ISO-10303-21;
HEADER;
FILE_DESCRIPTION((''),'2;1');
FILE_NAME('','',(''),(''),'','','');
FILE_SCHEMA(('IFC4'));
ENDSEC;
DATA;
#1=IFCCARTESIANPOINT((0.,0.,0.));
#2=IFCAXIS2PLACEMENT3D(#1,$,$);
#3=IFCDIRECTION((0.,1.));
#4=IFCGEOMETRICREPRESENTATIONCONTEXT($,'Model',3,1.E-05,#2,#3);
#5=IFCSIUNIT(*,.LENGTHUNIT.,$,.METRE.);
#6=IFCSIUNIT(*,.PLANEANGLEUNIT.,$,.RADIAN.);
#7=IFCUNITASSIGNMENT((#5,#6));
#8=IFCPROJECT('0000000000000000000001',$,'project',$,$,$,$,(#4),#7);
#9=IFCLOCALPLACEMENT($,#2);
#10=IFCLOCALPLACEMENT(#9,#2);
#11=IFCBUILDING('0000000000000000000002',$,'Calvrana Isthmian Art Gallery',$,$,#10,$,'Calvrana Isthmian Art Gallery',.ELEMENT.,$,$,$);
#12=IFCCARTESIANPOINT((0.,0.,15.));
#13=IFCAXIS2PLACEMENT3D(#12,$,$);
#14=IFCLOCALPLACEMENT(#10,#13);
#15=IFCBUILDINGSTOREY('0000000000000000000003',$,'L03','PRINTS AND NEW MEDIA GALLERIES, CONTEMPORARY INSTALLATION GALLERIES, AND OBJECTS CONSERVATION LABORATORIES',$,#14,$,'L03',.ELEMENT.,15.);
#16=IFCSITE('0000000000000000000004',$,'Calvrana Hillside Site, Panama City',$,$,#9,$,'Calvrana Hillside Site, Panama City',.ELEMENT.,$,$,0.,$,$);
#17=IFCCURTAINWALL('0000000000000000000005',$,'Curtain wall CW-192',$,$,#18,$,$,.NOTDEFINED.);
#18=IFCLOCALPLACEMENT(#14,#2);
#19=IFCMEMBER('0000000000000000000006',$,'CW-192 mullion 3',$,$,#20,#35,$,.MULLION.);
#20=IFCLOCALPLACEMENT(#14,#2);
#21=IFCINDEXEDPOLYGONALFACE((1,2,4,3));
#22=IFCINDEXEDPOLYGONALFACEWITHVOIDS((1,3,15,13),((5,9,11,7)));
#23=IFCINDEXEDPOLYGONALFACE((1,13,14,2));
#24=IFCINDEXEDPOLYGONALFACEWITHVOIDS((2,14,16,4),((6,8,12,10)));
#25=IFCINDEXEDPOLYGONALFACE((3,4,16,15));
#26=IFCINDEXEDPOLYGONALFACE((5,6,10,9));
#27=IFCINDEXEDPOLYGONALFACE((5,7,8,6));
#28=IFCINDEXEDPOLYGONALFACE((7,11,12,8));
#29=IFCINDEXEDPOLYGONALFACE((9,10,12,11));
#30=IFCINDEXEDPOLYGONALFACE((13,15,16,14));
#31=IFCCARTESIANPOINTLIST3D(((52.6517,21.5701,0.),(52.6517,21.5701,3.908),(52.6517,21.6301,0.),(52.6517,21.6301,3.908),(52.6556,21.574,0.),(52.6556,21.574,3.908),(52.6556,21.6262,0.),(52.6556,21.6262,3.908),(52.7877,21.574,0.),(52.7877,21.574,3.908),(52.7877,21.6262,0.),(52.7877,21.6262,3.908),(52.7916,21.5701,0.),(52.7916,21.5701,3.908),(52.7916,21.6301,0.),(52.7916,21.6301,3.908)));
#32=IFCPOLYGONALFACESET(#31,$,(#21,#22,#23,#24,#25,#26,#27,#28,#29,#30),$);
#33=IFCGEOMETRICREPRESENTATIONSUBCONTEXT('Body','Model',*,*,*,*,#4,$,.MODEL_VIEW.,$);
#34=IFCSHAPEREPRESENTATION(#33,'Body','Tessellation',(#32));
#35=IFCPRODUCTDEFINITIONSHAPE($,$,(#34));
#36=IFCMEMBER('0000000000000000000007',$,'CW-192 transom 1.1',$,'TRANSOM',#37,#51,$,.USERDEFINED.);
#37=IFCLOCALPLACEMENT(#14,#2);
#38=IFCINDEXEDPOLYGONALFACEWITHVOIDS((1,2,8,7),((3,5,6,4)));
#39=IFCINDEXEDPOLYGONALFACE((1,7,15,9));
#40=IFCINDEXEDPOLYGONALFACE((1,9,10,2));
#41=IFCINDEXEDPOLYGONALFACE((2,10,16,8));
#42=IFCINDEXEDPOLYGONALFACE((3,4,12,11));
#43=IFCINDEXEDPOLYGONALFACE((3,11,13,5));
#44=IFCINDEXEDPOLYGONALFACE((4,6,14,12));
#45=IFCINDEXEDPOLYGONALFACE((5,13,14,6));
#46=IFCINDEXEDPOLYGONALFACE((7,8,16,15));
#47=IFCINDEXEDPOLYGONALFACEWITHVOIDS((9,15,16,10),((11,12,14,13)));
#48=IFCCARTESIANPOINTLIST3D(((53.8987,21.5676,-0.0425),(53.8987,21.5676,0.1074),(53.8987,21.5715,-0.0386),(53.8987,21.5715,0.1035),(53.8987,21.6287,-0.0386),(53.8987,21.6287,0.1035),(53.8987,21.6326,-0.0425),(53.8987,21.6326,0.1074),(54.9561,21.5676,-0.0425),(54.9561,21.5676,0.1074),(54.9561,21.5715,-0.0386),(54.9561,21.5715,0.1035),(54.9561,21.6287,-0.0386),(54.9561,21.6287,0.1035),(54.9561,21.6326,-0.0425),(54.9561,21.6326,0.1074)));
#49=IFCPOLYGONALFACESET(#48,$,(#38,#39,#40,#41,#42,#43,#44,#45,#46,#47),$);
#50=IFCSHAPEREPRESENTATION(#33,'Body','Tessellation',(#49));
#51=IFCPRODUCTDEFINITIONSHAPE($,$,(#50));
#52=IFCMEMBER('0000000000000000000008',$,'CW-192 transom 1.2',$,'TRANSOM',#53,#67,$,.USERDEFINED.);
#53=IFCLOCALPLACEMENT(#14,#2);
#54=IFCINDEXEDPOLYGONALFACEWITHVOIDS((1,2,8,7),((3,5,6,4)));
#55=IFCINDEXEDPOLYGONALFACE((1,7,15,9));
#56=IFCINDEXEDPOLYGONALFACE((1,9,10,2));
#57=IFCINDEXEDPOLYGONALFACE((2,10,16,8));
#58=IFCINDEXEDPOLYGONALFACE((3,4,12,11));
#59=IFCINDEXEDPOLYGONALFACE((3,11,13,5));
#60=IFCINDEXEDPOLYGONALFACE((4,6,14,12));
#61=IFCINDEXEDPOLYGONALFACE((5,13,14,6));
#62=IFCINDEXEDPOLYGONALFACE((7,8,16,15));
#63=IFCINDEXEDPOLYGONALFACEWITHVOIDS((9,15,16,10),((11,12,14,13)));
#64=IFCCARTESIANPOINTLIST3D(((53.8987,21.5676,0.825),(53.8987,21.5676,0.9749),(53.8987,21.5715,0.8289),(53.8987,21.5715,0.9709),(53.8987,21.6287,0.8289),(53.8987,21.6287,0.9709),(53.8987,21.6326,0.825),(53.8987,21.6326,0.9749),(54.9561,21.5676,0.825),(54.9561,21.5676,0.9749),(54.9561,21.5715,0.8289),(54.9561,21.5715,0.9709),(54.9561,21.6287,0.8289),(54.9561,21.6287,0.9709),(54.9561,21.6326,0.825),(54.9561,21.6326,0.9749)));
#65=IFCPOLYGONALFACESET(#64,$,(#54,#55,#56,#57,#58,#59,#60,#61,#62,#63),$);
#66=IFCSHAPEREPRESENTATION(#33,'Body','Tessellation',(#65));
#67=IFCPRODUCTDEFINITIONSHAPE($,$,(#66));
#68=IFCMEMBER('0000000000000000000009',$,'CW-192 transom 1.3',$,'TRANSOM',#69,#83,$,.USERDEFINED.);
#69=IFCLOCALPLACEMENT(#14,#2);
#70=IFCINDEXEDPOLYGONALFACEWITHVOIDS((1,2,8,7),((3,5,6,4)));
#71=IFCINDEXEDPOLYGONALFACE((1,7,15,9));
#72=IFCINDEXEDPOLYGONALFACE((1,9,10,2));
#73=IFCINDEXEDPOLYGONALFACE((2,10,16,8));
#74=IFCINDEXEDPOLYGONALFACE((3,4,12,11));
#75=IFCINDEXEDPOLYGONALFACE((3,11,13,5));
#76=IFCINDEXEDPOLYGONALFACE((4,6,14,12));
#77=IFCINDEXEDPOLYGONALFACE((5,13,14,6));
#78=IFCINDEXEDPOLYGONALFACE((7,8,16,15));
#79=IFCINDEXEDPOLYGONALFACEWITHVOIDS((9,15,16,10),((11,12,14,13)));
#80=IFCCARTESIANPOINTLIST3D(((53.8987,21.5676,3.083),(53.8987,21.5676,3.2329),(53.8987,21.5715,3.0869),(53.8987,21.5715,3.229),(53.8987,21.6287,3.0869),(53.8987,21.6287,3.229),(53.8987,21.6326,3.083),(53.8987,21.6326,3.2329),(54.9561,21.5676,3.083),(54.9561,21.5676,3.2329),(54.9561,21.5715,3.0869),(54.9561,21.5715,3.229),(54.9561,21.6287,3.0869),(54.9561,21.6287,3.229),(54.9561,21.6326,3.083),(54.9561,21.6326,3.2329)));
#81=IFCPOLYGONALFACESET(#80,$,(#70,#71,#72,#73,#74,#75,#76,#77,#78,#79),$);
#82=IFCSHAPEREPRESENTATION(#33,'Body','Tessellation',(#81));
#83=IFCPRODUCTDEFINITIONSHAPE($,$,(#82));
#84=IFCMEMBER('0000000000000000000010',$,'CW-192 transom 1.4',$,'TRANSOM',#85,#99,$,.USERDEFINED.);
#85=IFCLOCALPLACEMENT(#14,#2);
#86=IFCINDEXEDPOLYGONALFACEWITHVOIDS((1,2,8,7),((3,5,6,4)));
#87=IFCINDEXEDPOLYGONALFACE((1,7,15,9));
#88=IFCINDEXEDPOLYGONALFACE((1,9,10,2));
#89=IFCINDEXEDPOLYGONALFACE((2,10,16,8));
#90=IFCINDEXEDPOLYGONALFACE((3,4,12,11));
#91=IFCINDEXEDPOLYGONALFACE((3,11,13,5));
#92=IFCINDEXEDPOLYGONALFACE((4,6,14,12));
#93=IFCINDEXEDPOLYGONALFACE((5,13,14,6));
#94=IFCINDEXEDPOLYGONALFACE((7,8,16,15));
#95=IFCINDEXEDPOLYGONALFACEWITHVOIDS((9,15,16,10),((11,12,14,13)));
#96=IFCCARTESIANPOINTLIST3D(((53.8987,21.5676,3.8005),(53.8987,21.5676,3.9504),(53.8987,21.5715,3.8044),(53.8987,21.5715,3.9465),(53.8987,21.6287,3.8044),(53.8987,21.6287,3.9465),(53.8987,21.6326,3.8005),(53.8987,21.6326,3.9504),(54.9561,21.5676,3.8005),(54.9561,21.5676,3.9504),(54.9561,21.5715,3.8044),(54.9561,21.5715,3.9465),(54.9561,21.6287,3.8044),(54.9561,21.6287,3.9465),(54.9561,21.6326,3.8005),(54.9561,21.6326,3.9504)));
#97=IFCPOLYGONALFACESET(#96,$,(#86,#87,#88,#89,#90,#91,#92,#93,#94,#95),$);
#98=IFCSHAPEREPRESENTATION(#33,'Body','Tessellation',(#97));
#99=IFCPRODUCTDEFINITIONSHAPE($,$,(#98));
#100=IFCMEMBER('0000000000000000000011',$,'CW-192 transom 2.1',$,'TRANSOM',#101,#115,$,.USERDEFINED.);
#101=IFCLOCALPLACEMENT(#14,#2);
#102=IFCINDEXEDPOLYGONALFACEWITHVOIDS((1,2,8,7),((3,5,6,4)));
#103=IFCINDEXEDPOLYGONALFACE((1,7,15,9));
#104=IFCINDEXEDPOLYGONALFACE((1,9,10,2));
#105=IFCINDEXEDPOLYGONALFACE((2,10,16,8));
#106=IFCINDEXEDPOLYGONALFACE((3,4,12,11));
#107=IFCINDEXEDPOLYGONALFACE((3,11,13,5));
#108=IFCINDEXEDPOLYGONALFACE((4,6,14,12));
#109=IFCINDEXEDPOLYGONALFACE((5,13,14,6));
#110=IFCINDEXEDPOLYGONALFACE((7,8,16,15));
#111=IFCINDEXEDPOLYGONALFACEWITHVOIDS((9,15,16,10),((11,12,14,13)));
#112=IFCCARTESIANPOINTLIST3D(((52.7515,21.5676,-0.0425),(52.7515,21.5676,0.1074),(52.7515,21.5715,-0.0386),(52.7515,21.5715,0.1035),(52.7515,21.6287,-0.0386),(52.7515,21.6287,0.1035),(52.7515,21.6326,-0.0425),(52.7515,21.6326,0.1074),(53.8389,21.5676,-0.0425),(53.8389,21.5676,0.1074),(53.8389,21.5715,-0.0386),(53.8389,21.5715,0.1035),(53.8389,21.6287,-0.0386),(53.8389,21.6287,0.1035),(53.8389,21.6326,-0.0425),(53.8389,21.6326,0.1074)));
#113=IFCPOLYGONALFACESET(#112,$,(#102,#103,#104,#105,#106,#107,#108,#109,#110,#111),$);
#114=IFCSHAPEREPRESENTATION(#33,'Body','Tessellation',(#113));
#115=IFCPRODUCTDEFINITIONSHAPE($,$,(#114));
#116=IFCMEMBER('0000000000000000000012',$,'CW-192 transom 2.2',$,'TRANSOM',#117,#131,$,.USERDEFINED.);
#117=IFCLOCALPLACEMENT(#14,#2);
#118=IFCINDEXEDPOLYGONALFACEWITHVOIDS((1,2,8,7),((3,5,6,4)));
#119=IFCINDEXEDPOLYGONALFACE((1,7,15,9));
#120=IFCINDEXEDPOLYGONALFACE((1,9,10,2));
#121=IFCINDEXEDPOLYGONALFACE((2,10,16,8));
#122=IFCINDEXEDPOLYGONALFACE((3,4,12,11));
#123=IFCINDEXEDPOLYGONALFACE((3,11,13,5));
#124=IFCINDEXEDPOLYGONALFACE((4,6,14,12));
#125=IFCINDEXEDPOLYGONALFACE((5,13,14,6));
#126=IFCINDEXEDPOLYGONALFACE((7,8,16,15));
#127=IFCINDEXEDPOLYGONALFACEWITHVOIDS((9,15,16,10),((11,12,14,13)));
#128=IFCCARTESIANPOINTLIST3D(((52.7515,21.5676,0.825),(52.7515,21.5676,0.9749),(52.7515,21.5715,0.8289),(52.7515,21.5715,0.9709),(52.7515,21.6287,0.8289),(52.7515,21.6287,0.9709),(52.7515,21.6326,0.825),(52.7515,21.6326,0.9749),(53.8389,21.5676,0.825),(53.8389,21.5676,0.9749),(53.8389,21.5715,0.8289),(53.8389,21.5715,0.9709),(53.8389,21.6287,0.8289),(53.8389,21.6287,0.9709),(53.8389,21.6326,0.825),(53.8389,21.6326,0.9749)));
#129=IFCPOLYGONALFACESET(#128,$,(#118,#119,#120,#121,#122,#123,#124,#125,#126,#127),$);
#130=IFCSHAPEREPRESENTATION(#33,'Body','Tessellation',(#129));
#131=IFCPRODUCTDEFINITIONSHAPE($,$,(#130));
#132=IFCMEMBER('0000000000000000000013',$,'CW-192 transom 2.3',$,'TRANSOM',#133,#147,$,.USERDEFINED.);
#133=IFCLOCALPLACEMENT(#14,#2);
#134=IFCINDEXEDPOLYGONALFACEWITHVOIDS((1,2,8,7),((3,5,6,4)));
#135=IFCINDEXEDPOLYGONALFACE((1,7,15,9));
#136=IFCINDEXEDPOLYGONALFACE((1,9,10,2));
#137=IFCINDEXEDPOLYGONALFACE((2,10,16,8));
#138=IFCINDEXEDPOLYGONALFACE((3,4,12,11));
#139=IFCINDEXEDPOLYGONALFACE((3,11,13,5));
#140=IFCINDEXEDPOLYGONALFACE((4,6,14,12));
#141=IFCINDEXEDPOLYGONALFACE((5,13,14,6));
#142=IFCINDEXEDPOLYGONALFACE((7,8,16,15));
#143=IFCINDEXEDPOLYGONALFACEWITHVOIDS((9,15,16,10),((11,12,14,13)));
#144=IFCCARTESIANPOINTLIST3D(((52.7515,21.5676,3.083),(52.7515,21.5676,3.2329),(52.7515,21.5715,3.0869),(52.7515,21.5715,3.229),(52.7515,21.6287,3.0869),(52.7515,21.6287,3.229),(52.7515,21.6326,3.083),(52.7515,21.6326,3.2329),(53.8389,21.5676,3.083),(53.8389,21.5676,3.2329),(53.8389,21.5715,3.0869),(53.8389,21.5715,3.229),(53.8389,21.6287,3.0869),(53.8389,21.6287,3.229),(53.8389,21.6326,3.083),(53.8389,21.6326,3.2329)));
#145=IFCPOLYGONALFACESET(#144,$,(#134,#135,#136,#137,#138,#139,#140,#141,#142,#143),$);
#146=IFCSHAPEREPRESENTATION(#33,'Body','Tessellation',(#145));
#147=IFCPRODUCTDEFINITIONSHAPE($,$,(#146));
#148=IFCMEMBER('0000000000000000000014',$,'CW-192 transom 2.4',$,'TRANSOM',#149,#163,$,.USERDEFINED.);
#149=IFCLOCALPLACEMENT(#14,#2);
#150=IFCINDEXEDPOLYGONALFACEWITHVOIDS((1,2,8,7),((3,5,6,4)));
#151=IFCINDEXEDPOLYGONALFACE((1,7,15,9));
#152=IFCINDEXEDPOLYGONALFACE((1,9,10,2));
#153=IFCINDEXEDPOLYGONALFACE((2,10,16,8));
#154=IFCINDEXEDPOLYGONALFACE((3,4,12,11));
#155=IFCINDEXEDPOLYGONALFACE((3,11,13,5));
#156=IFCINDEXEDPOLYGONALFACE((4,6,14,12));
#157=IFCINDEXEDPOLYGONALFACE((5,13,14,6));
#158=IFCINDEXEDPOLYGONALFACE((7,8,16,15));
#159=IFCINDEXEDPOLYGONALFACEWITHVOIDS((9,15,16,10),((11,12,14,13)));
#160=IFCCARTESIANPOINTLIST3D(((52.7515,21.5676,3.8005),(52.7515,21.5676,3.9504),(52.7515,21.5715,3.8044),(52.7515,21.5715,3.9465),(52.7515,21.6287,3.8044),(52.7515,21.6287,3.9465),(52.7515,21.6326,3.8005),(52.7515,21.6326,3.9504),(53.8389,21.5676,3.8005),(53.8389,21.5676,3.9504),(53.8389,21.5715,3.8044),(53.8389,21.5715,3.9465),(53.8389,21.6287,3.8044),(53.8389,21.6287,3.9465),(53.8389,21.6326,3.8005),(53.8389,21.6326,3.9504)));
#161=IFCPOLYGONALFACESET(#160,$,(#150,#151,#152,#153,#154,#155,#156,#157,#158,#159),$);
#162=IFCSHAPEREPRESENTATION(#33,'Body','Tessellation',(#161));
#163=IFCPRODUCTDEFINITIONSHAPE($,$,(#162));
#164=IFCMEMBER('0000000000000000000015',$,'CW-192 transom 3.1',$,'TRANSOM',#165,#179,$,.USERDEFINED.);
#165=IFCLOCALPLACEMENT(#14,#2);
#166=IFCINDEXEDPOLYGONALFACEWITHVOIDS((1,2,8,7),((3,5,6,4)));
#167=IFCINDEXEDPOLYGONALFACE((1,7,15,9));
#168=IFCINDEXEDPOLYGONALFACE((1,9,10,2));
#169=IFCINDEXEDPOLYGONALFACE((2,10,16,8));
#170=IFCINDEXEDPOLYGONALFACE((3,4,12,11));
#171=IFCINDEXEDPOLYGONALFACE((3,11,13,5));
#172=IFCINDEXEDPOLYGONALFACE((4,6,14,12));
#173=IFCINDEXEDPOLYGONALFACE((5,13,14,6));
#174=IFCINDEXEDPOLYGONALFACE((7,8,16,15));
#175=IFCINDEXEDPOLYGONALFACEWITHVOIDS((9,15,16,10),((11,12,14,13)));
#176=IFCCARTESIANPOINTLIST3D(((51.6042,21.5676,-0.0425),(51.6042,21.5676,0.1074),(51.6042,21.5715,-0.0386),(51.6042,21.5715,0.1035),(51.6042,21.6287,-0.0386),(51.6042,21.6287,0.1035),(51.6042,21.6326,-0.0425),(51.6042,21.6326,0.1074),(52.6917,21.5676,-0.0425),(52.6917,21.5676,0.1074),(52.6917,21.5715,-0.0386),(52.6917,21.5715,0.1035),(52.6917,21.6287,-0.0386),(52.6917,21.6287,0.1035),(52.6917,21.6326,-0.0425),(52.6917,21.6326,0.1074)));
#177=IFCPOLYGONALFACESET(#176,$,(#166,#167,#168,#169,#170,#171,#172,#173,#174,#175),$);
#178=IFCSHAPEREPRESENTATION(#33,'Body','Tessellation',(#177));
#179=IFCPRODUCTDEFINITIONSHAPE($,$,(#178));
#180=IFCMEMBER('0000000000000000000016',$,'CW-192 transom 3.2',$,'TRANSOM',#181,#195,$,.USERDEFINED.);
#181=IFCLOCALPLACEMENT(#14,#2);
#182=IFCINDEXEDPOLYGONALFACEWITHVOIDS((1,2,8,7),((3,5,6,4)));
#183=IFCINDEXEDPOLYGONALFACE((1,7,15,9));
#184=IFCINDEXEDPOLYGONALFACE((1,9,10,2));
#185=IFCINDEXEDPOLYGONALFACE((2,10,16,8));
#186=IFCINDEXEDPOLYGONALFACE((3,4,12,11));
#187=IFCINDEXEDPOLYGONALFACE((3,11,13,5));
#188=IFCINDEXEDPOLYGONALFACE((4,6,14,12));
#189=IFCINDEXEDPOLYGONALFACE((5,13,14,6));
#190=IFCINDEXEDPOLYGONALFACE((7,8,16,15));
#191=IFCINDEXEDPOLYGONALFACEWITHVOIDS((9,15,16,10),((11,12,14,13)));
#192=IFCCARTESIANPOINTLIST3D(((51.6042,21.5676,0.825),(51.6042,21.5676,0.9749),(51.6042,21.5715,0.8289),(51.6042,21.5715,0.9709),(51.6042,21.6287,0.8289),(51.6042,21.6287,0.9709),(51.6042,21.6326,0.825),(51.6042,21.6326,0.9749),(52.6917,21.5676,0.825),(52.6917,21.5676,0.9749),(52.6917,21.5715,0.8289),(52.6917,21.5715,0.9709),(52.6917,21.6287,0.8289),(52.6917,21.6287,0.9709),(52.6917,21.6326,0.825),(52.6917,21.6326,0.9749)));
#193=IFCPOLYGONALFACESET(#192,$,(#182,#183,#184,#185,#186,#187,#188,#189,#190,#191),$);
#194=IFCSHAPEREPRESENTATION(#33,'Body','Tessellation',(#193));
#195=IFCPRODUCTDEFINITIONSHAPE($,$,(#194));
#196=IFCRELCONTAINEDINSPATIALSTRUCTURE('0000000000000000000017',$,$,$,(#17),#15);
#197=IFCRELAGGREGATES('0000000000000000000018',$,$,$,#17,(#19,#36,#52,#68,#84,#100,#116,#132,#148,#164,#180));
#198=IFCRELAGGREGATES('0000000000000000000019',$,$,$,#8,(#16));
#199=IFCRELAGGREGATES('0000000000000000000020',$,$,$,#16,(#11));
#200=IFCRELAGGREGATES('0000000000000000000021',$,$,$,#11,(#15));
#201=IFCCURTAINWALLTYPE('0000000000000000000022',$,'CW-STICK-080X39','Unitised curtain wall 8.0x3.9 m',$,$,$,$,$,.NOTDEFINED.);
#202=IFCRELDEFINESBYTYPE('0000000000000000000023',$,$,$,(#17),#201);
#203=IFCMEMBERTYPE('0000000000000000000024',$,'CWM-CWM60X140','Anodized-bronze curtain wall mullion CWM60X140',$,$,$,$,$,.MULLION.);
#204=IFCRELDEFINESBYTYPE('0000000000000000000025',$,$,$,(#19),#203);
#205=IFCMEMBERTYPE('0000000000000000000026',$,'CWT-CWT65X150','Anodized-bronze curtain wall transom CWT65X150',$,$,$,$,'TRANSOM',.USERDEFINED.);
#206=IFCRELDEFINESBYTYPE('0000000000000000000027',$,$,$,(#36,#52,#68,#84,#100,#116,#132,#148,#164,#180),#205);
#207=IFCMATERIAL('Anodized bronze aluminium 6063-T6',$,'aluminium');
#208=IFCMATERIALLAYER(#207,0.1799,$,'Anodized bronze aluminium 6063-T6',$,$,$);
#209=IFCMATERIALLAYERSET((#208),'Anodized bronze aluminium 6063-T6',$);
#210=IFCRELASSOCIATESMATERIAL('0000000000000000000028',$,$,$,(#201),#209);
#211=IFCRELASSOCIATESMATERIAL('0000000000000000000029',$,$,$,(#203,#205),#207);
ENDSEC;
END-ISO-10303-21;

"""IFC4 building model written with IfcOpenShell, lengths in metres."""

from ifc_helpers import new_model, si_unit, direction, frame, origin, origin_2d, place, context, subcontext, project, spatial, hollow_rectangle, extrude, material, layer, layer_set, material_profile, profile_set, type_object, element, aggregate, save


model = new_model("IFC4")

# Units and contexts
model_context = context("Model", 3, precision=1e-05, world=origin(), true_north=direction((0.0, 1.0)))
body_context = subcontext(model_context, "Body", "Model", "MODEL_VIEW")
ifc_project = project(units=[si_unit("LENGTHUNIT", "METRE"), si_unit("PLANEANGLEUNIT", "RADIAN")], contexts=[model_context])

# Site, building, storey
site_placement = place(None, origin())
site = spatial("IfcSite", under=ifc_project, at=site_placement, Name="Calvrana Hillside Site, Panama City", LongName="Calvrana Hillside Site, Panama City", CompositionType="ELEMENT", RefElevation=0.0)
building_placement = place(site_placement, origin())
building = spatial("IfcBuilding", under=site, at=building_placement, Name="Calvrana Isthmian Art Gallery", LongName="Calvrana Isthmian Art Gallery", CompositionType="ELEMENT")
storey_placement = place(building_placement, frame((0.0, 0.0, 15.0)))
storey = spatial("IfcBuildingStorey", under=building, at=storey_placement, Name="L03", Description="PRINTS AND NEW MEDIA GALLERIES, CONTEMPORARY INSTALLATION GALLERIES, AND OBJECTS CONSERVATION LABORATORIES", LongName="L03", CompositionType="ELEMENT", Elevation=15.0)

# Curtain wall, members
ifc_material_1 = material(Name="Anodized bronze aluminium 6063-T6", Category="aluminium")
ifc_layer_1 = layer(ifc_material_1, 0.1799, Name="Anodized bronze aluminium 6063-T6")
ifc_layer_set_1 = layer_set([ifc_layer_1], Name="Anodized bronze aluminium 6063-T6")
curtain_wall_type = type_object("IfcCurtainWallType", Name="CW-STICK-080X39", Description="Unitised curtain wall 8.0x3.9 m", PredefinedType="NOTDEFINED", material=ifc_layer_set_1)
curtain_wall_placement = place(storey_placement, origin())
curtain_wall = element("IfcCurtainWall", 1, at=curtain_wall_placement, inside=storey, type_object=curtain_wall_type, Name="Curtain wall CW-192", PredefinedType="NOTDEFINED")
ifc_material_profile_1 = material_profile(ifc_material_1, hollow_rectangle(XDim=0.0601, YDim=0.1399, WallThickness=0.0039, at=origin_2d()), Name="CWM60X140")
ifc_profile_set_1 = profile_set([ifc_material_profile_1], Name="Anodized bronze aluminium 6063-T6")
member_type_1 = type_object("IfcMemberType", Name="CWM-CWM60X140", Description="Anodized-bronze curtain wall mullion CWM60X140", PredefinedType="MULLION", material=ifc_profile_set_1)
member_1_placement = place(storey_placement, frame((52.7217, 21.6001, 0.0), z_axis=(0.0, 0.0, 1.0), x_axis=(0.0, -1.0, 0.0)))
member_1 = element("IfcMember", 2, at=member_1_placement, type_object=member_type_1, Name="CW-192 mullion 3", PredefinedType="MULLION", context=body_context, shape_type="SweptSolid", body=[
    extrude(hollow_rectangle(XDim=0.0601, YDim=0.1399, WallThickness=0.0039, at=origin_2d()), origin(), (0.0, 0.0, 1.0), 3.908),
])
ifc_material_profile_2 = material_profile(ifc_material_1, hollow_rectangle(XDim=0.0649, YDim=0.1499, WallThickness=0.0039, at=origin_2d()), Name="CWT65X150")
ifc_profile_set_2 = profile_set([ifc_material_profile_2], Name="Anodized bronze aluminium 6063-T6")
member_type_2 = type_object("IfcMemberType", Name="CWT-CWT65X150", Description="Anodized-bronze curtain wall transom CWT65X150", ElementType="TRANSOM", PredefinedType="USERDEFINED", material=ifc_profile_set_2)
member_2_placement = place(storey_placement, frame((54.9561, 21.6001, 0.0325), z_axis=(-1.0, 0.0, 0.0), x_axis=(0.0, -1.0, 0.0)))
member_2 = element("IfcMember", 3, at=member_2_placement, type_object=member_type_2, Name="CW-192 transom 1.1", ObjectType="TRANSOM", PredefinedType="USERDEFINED", context=body_context, shape_type="SweptSolid", body=[
    extrude(hollow_rectangle(XDim=0.0649, YDim=0.1499, WallThickness=0.0039, at=origin_2d()), origin(), (0.0, 0.0, 1.0), 1.0574),
])
member_3_placement = place(storey_placement, frame((54.9561, 21.6001, 0.8999), z_axis=(-1.0, 0.0, 0.0), x_axis=(0.0, -1.0, 0.0)))
member_3 = element("IfcMember", 4, at=member_3_placement, type_object=member_type_2, Name="CW-192 transom 1.2", ObjectType="TRANSOM", PredefinedType="USERDEFINED", context=body_context, shape_type="SweptSolid", body=[
    extrude(hollow_rectangle(XDim=0.0649, YDim=0.1499, WallThickness=0.0039, at=origin_2d()), origin(), (0.0, 0.0, 1.0), 1.0574),
])
member_4_placement = place(storey_placement, frame((54.9561, 21.6001, 3.158), z_axis=(-1.0, 0.0, 0.0), x_axis=(0.0, -1.0, 0.0)))
member_4 = element("IfcMember", 5, at=member_4_placement, type_object=member_type_2, Name="CW-192 transom 1.3", ObjectType="TRANSOM", PredefinedType="USERDEFINED", context=body_context, shape_type="SweptSolid", body=[
    extrude(hollow_rectangle(XDim=0.0649, YDim=0.1499, WallThickness=0.0039, at=origin_2d()), origin(), (0.0, 0.0, 1.0), 1.0574),
])
member_5_placement = place(storey_placement, frame((54.9561, 21.6001, 3.8755), z_axis=(-1.0, 0.0, 0.0), x_axis=(0.0, -1.0, 0.0)))
member_5 = element("IfcMember", 6, at=member_5_placement, type_object=member_type_2, Name="CW-192 transom 1.4", ObjectType="TRANSOM", PredefinedType="USERDEFINED", context=body_context, shape_type="SweptSolid", body=[
    extrude(hollow_rectangle(XDim=0.0649, YDim=0.1499, WallThickness=0.0039, at=origin_2d()), origin(), (0.0, 0.0, 1.0), 1.0574),
])
member_6_placement = place(storey_placement, frame((53.8389, 21.6001, 0.0325), z_axis=(-1.0, 0.0, 0.0), x_axis=(0.0, -1.0, 0.0)))
member_6 = element("IfcMember", 7, at=member_6_placement, type_object=member_type_2, Name="CW-192 transom 2.1", ObjectType="TRANSOM", PredefinedType="USERDEFINED", context=body_context, shape_type="SweptSolid", body=[
    extrude(hollow_rectangle(XDim=0.0649, YDim=0.1499, WallThickness=0.0039, at=origin_2d()), origin(), (0.0, 0.0, 1.0), 1.0874),
])
member_7_placement = place(storey_placement, frame((53.8389, 21.6001, 0.8999), z_axis=(-1.0, 0.0, 0.0), x_axis=(0.0, -1.0, 0.0)))
member_7 = element("IfcMember", 8, at=member_7_placement, type_object=member_type_2, Name="CW-192 transom 2.2", ObjectType="TRANSOM", PredefinedType="USERDEFINED", context=body_context, shape_type="SweptSolid", body=[
    extrude(hollow_rectangle(XDim=0.0649, YDim=0.1499, WallThickness=0.0039, at=origin_2d()), origin(), (0.0, 0.0, 1.0), 1.0874),
])
member_8_placement = place(storey_placement, frame((53.8389, 21.6001, 3.158), z_axis=(-1.0, 0.0, 0.0), x_axis=(0.0, -1.0, 0.0)))
member_8 = element("IfcMember", 9, at=member_8_placement, type_object=member_type_2, Name="CW-192 transom 2.3", ObjectType="TRANSOM", PredefinedType="USERDEFINED", context=body_context, shape_type="SweptSolid", body=[
    extrude(hollow_rectangle(XDim=0.0649, YDim=0.1499, WallThickness=0.0039, at=origin_2d()), origin(), (0.0, 0.0, 1.0), 1.0874),
])
member_9_placement = place(storey_placement, frame((53.8389, 21.6001, 3.8755), z_axis=(-1.0, 0.0, 0.0), x_axis=(0.0, -1.0, 0.0)))
member_9 = element("IfcMember", 10, at=member_9_placement, type_object=member_type_2, Name="CW-192 transom 2.4", ObjectType="TRANSOM", PredefinedType="USERDEFINED", context=body_context, shape_type="SweptSolid", body=[
    extrude(hollow_rectangle(XDim=0.0649, YDim=0.1499, WallThickness=0.0039, at=origin_2d()), origin(), (0.0, 0.0, 1.0), 1.0874),
])
member_10_placement = place(storey_placement, frame((52.6917, 21.6001, 0.0325), z_axis=(-1.0, 0.0, 0.0), x_axis=(0.0, -1.0, 0.0)))
member_10 = element("IfcMember", 11, at=member_10_placement, type_object=member_type_2, Name="CW-192 transom 3.1", ObjectType="TRANSOM", PredefinedType="USERDEFINED", context=body_context, shape_type="SweptSolid", body=[
    extrude(hollow_rectangle(XDim=0.0649, YDim=0.1499, WallThickness=0.0039, at=origin_2d()), origin(), (0.0, 0.0, 1.0), 1.0874),
])
member_11_placement = place(storey_placement, frame((52.6917, 21.6001, 0.8999), z_axis=(-1.0, 0.0, 0.0), x_axis=(0.0, -1.0, 0.0)))
member_11 = element("IfcMember", 12, at=member_11_placement, type_object=member_type_2, Name="CW-192 transom 3.2", ObjectType="TRANSOM", PredefinedType="USERDEFINED", context=body_context, shape_type="SweptSolid", body=[
    extrude(hollow_rectangle(XDim=0.0649, YDim=0.1499, WallThickness=0.0039, at=origin_2d()), origin(), (0.0, 0.0, 1.0), 1.0874),
])
aggregate(curtain_wall, [member_1, member_2, member_3, member_4, member_5, member_6, member_7, member_8, member_9, member_10, member_11])

save(model, "model.ifc")
